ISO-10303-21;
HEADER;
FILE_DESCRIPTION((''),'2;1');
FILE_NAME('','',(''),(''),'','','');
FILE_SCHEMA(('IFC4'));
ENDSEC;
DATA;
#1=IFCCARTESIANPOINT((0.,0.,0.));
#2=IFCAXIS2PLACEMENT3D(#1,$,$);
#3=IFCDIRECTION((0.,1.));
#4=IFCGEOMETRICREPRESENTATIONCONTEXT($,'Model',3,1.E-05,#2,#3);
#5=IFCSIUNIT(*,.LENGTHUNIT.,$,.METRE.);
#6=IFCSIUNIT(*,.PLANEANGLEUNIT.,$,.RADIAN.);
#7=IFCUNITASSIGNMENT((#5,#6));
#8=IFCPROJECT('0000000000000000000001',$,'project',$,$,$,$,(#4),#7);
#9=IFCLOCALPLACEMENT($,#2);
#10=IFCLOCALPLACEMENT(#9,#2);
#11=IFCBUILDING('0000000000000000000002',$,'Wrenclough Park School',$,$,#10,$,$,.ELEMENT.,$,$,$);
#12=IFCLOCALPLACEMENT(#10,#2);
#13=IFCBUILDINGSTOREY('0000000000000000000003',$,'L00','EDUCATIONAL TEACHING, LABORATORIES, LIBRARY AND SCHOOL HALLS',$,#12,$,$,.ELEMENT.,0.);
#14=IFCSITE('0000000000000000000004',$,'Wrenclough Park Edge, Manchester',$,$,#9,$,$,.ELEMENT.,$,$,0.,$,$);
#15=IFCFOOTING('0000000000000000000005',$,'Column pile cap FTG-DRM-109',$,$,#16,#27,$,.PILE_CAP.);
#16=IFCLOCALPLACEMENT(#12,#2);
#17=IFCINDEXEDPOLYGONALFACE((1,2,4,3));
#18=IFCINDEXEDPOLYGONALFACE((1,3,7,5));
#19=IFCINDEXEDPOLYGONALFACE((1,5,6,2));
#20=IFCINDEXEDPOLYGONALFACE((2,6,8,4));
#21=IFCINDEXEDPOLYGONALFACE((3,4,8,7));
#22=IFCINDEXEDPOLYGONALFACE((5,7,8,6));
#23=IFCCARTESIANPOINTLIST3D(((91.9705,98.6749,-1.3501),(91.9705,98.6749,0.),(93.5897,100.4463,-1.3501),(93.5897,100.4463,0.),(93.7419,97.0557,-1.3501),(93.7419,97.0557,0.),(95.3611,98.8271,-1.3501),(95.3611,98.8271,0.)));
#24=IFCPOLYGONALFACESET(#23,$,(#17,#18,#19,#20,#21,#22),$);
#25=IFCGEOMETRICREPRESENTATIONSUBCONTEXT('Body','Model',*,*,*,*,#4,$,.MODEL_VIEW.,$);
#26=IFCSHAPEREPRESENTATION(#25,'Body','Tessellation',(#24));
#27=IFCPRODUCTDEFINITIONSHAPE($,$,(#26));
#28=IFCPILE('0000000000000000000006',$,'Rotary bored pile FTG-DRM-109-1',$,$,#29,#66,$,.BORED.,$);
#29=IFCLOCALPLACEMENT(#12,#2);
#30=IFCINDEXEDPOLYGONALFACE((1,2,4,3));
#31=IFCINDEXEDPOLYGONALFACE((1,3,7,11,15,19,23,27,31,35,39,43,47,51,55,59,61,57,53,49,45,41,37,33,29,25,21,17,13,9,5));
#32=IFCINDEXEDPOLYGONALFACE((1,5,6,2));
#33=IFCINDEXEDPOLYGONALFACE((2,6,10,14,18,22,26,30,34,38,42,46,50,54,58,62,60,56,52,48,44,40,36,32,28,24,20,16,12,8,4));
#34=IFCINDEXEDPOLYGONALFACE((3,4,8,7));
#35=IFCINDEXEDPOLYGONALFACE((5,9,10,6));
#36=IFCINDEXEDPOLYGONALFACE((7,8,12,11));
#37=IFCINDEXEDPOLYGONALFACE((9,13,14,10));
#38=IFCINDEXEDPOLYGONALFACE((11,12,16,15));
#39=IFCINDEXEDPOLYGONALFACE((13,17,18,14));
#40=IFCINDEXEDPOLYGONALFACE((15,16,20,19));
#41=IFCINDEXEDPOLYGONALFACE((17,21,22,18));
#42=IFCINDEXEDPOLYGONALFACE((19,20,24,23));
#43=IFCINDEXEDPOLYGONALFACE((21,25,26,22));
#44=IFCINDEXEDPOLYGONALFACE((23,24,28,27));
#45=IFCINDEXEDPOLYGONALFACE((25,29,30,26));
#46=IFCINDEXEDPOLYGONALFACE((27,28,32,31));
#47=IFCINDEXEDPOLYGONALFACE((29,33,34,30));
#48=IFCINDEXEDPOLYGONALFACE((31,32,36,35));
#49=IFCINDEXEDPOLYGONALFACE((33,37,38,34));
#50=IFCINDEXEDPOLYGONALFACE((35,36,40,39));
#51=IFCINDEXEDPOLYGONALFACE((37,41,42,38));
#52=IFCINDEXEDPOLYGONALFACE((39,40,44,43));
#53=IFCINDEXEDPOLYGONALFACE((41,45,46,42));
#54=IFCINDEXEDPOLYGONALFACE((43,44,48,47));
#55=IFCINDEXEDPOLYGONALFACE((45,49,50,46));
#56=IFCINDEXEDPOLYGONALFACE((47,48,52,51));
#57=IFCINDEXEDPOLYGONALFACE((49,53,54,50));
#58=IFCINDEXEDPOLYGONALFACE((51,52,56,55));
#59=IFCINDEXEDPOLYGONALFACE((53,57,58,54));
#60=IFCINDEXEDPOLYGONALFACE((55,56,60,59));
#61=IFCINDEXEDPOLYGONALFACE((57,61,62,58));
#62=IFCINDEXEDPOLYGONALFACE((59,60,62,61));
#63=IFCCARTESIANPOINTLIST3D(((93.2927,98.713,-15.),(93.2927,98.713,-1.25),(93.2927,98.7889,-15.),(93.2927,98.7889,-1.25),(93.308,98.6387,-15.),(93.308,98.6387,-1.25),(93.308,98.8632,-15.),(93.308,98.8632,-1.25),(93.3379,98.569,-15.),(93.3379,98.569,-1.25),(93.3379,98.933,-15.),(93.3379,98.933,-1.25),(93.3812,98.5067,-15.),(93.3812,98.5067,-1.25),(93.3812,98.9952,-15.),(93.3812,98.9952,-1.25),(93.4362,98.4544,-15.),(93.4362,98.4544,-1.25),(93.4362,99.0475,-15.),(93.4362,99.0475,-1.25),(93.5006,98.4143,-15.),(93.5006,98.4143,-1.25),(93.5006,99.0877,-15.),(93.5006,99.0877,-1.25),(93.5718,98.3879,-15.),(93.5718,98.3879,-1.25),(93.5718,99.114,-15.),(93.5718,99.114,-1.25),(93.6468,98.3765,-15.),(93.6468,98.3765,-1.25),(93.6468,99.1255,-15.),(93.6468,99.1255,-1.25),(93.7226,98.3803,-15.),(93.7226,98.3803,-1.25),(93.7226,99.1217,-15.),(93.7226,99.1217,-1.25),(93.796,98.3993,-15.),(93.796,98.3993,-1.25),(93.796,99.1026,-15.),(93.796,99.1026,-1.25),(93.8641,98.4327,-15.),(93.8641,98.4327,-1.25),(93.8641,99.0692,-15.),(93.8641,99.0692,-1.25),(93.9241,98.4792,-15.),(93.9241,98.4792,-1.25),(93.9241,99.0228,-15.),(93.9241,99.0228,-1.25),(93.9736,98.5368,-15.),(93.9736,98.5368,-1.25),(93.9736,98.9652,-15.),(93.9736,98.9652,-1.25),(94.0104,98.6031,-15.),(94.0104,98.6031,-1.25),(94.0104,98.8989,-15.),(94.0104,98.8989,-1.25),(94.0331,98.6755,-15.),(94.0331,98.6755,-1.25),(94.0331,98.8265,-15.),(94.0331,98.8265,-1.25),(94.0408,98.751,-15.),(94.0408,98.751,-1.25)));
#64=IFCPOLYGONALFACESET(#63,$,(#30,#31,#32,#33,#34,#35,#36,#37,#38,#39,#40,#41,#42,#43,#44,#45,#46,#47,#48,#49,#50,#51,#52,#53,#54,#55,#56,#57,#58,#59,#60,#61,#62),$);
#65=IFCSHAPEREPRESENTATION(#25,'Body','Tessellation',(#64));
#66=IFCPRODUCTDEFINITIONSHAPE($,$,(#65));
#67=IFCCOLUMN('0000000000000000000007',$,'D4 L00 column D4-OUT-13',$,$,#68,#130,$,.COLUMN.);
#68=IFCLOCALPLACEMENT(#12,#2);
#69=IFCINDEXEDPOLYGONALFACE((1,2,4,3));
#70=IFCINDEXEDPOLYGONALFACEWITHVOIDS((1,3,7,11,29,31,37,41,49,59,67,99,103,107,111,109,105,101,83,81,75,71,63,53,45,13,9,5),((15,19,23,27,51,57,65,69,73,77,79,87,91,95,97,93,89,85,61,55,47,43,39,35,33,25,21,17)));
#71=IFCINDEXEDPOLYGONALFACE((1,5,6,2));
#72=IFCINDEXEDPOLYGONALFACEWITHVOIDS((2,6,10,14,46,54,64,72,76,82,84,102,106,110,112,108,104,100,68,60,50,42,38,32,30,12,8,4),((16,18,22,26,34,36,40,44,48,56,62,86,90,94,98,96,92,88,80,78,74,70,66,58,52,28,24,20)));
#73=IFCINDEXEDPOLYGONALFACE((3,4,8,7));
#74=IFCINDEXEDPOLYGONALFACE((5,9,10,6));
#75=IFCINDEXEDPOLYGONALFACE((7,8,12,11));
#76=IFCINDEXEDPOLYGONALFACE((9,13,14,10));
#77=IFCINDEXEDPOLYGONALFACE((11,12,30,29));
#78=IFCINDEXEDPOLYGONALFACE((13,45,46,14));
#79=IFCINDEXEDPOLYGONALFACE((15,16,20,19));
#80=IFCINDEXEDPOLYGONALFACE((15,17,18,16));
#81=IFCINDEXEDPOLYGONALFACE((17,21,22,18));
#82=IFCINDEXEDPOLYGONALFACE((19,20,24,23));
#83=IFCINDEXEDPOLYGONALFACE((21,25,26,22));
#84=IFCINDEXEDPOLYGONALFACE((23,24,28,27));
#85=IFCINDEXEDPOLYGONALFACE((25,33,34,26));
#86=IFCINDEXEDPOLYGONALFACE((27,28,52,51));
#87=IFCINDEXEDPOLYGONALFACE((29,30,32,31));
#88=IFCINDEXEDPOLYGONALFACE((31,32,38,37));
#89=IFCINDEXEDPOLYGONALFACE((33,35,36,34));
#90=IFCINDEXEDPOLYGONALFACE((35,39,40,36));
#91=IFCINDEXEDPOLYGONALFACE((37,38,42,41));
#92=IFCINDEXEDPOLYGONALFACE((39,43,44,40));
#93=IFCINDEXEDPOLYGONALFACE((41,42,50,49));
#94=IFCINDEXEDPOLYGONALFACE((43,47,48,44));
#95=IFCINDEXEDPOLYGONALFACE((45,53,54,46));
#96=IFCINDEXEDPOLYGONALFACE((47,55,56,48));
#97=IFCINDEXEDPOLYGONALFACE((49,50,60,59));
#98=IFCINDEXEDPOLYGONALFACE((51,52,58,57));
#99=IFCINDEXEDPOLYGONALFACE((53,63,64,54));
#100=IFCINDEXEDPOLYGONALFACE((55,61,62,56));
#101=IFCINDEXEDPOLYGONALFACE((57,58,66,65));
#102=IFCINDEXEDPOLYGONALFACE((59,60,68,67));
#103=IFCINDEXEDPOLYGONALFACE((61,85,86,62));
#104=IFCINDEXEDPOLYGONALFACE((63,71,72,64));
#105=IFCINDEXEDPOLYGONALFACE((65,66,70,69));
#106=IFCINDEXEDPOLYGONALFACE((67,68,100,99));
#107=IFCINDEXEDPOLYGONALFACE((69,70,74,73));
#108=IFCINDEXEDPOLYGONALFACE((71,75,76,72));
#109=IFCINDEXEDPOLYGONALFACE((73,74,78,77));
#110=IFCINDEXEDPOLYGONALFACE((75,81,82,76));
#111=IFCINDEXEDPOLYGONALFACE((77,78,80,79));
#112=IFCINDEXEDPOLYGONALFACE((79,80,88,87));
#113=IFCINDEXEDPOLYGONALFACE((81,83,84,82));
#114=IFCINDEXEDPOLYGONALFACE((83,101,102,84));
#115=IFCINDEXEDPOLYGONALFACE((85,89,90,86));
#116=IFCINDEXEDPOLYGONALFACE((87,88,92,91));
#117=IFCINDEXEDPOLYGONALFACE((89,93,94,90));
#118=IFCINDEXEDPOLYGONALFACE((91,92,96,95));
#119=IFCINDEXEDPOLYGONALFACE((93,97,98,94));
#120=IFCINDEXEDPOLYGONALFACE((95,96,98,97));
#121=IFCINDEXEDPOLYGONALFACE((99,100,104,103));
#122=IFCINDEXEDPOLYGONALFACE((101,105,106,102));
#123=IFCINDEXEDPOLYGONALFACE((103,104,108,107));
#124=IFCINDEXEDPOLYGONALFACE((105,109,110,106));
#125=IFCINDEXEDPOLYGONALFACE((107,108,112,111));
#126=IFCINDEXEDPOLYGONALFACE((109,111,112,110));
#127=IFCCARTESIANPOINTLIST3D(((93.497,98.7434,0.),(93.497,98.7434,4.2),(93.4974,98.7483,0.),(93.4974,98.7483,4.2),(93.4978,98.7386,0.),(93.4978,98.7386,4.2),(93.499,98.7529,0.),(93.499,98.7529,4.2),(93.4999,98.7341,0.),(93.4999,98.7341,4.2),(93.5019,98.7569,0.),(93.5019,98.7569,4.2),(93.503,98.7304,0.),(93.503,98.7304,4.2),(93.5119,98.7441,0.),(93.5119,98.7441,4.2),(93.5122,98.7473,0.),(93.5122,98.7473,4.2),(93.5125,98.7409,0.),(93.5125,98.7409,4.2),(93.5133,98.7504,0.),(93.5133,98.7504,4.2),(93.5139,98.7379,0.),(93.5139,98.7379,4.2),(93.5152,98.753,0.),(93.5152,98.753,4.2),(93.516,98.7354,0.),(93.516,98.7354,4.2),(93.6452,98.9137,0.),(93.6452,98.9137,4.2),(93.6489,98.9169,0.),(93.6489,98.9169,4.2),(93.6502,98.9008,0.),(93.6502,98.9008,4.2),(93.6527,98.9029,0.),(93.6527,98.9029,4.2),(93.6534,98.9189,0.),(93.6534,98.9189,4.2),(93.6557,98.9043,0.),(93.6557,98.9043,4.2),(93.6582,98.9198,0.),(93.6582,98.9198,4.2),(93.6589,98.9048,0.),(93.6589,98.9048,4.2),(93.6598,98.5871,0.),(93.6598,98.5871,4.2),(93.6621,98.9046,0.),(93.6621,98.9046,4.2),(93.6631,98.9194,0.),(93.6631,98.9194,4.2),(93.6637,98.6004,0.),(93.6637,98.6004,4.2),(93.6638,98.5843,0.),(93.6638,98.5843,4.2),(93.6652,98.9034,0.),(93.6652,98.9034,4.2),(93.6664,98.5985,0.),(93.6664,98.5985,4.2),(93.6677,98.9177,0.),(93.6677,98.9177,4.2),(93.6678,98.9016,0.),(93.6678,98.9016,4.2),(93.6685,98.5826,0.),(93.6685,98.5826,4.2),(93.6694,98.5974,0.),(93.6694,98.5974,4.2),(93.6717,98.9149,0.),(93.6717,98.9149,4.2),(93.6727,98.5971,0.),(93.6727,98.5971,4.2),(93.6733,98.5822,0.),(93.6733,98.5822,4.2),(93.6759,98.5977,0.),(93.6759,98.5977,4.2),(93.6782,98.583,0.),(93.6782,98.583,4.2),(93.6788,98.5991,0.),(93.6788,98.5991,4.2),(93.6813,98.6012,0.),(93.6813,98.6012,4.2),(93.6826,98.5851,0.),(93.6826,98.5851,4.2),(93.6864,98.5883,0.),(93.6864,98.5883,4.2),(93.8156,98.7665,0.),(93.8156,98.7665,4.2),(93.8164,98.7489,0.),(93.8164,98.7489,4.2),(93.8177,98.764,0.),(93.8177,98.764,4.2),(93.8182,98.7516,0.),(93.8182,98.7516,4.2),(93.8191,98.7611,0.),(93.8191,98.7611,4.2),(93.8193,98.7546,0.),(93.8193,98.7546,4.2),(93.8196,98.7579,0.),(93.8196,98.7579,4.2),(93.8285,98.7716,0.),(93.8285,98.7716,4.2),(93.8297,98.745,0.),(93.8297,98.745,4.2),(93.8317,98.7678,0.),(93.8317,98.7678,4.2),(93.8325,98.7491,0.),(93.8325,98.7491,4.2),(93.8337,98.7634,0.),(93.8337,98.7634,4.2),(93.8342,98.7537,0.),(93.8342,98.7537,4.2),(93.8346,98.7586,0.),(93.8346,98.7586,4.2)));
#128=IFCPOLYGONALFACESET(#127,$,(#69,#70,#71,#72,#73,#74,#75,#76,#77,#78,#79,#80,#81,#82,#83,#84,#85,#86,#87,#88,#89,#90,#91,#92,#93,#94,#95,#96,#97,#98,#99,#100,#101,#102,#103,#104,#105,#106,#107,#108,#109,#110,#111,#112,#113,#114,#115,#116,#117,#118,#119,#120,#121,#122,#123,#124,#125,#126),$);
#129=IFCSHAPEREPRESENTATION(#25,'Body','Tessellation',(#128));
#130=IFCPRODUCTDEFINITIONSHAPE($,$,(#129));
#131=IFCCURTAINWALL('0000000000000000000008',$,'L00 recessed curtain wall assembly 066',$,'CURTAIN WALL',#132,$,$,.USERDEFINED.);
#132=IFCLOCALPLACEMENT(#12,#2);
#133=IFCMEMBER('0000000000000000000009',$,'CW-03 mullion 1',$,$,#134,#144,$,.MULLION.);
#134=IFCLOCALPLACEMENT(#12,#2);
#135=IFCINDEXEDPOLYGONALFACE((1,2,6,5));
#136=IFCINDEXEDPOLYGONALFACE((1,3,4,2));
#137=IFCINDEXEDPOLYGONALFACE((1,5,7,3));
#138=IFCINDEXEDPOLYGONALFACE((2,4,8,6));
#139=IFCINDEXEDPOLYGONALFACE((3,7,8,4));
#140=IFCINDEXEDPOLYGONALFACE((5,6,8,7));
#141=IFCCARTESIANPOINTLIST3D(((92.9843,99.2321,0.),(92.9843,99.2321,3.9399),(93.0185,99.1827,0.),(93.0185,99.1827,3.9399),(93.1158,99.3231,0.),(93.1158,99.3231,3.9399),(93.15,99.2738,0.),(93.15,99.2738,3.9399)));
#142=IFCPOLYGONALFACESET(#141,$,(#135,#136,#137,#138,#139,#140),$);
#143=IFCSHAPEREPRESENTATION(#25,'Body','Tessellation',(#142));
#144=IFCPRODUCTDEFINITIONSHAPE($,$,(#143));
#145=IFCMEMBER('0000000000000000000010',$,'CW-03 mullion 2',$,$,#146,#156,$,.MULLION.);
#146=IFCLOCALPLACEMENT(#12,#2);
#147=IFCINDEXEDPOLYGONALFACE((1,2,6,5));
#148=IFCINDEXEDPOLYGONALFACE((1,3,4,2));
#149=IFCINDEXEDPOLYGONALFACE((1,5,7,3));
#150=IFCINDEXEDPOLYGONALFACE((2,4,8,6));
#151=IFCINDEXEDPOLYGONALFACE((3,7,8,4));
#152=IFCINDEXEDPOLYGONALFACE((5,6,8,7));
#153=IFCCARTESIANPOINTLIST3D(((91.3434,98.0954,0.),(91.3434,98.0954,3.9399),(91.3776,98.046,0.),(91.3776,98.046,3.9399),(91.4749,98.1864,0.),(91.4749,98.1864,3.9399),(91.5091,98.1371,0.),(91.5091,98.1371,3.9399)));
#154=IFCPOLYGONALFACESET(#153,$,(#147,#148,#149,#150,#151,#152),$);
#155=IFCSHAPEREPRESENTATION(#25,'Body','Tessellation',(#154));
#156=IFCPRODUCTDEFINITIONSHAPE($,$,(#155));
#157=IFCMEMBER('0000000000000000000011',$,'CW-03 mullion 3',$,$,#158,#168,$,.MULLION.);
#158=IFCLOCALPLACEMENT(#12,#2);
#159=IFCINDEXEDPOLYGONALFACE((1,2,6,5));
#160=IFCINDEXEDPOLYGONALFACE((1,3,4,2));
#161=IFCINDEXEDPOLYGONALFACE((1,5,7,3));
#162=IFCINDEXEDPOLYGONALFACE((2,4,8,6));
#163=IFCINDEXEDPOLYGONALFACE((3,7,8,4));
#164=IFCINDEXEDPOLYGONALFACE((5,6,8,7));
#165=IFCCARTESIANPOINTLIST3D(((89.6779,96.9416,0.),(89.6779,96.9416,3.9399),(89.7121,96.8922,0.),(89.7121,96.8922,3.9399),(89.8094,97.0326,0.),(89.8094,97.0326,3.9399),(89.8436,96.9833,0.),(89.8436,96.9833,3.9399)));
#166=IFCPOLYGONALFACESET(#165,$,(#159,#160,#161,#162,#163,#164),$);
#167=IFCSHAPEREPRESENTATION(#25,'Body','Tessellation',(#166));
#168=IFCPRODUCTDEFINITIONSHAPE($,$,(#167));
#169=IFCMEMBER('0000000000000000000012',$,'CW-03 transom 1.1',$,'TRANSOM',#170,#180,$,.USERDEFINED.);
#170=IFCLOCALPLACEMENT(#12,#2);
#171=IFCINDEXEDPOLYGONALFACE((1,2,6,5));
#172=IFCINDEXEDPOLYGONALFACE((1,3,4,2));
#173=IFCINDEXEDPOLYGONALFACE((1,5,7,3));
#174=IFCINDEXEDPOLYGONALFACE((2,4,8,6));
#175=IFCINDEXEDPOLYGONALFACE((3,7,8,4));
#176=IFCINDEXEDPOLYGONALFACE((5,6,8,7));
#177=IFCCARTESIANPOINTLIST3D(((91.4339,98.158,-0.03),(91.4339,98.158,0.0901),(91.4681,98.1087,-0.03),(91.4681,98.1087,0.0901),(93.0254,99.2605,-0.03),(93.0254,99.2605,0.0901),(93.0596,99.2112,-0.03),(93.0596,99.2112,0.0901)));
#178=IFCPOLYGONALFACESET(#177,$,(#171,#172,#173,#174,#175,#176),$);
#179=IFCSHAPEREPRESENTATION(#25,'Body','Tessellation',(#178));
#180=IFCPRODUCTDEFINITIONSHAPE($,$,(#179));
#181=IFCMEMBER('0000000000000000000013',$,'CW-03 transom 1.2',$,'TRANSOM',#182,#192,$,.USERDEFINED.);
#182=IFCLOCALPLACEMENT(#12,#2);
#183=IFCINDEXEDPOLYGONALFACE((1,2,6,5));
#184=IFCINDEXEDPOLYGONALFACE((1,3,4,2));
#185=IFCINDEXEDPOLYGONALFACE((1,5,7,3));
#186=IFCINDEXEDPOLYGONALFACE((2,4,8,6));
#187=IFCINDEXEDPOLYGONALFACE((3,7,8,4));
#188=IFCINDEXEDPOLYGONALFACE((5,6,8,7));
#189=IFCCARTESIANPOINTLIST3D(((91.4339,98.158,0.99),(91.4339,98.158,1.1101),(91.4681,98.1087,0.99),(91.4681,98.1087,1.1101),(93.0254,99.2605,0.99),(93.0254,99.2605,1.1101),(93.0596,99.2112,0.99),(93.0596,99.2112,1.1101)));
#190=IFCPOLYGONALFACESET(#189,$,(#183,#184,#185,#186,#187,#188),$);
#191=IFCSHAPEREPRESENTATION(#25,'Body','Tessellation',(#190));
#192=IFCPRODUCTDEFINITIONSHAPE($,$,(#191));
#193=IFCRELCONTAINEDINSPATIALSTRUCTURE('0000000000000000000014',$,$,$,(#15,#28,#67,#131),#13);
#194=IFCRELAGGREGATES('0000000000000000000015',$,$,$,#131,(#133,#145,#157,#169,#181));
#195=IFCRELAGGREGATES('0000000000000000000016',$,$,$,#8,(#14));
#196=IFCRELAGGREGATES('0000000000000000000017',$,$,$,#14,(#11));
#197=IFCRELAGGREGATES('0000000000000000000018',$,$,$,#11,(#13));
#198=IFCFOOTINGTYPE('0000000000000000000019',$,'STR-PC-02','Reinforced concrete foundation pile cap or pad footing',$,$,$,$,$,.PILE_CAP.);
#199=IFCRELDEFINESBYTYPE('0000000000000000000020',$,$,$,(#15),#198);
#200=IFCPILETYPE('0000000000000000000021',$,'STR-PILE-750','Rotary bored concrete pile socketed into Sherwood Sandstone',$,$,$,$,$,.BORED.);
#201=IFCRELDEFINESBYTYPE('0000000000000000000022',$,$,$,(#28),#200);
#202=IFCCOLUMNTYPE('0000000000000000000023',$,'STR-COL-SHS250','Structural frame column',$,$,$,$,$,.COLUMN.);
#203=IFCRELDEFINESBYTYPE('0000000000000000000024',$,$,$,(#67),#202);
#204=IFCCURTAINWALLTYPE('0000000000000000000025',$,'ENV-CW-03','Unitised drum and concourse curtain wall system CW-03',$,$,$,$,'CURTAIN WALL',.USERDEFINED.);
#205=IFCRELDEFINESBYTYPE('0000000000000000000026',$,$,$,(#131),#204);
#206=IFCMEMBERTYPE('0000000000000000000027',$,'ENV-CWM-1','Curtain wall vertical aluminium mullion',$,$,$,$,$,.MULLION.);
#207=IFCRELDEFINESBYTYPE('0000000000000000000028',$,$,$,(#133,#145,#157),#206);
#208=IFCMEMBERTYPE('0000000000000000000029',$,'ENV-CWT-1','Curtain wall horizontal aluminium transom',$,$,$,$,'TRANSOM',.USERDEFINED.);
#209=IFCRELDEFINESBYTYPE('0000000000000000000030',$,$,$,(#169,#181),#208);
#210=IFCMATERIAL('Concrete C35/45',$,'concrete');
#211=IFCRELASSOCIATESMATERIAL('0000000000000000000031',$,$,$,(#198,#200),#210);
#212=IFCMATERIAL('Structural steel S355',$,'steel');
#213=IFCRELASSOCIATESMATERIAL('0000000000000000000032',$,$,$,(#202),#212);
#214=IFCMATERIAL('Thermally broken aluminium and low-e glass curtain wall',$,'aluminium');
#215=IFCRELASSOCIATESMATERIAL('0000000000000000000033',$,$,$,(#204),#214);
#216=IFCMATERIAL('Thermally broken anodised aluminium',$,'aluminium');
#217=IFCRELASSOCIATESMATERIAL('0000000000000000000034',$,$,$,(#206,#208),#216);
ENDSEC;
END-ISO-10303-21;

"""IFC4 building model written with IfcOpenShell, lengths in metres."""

from ifc_helpers import new_model, si_unit, direction, frame, origin, origin_2d, place, context, subcontext, project, spatial, rectangle, hollow_rectangle, circle, extrude, material, material_profile, profile_set, type_object, element, aggregate, save


model = new_model("IFC4")

# Units and contexts
model_context = context("Model", 3, precision=1e-05, world=origin(), true_north=direction((0.0, 1.0)))
body_context = subcontext(model_context, "Body", "Model", "MODEL_VIEW")
ifc_project = project(units=[si_unit("LENGTHUNIT", "METRE"), si_unit("PLANEANGLEUNIT", "RADIAN")], contexts=[model_context])

# Site, building, storey
site_placement = place(None, origin())
site = spatial("IfcSite", under=ifc_project, at=site_placement, Name="Wrenclough Park Edge, Manchester", CompositionType="ELEMENT", RefElevation=0.0)
building_placement = place(site_placement, origin())
building = spatial("IfcBuilding", under=site, at=building_placement, Name="Wrenclough Park School", CompositionType="ELEMENT")
storey_placement = place(building_placement, origin())
storey = spatial("IfcBuildingStorey", under=building, at=storey_placement, Name="L00", Description="EDUCATIONAL TEACHING, LABORATORIES, LIBRARY AND SCHOOL HALLS", CompositionType="ELEMENT", Elevation=0.0)

# Footing
ifc_material_1 = material(Name="Concrete C35/45", Category="concrete")
footing_type = type_object("IfcFootingType", Name="STR-PC-02", Description="Reinforced concrete foundation pile cap or pad footing", PredefinedType="PILE_CAP", material=ifc_material_1)
footing_placement = place(storey_placement, frame((93.6658, 98.751, -1.3501), z_axis=(0.0, 0.0, 1.0), x_axis=(0.674689, 0.738102, 0.0)))
element("IfcFooting", 1, at=footing_placement, inside=storey, type_object=footing_type, Name="Column pile cap FTG-DRM-109", PredefinedType="PILE_CAP", context=body_context, shape_type="SweptSolid", body=[
    extrude(rectangle(XDim=2.3999, YDim=2.3999, at=origin_2d()), origin(), (0.0, 0.0, 1.0), 1.3501),
])

# Pile
ifc_material_profile_1 = material_profile(ifc_material_1, circle(Radius=0.375, at=origin_2d()), Name="BORED PILE D750")
ifc_profile_set_1 = profile_set([ifc_material_profile_1], Name="Concrete C35/45")
pile_type = type_object("IfcPileType", Name="STR-PILE-750", Description="Rotary bored concrete pile socketed into Sherwood Sandstone", PredefinedType="BORED", material=ifc_profile_set_1)
pile_placement = place(storey_placement, frame((93.6658, 98.751, -1.25), z_axis=(0.0, 0.0, -1.0), x_axis=(1.0, 0.0, 0.0)))
element("IfcPile", 2, at=pile_placement, inside=storey, type_object=pile_type, Name="Rotary bored pile FTG-DRM-109-1", PredefinedType="BORED", context=body_context, shape_type="SweptSolid", body=[
    extrude(circle(Radius=0.375, at=origin_2d()), origin(), (0.0, 0.0, 1.0), 13.75),
])

# Column
ifc_material_2 = material(Name="Structural steel S355", Category="steel")
ifc_material_profile_2 = material_profile(ifc_material_2, hollow_rectangle(XDim=0.25, YDim=0.25, WallThickness=0.0125, InnerFilletRadius=0.0125, OuterFilletRadius=0.0188, at=origin_2d()), Name="SHS 250x250x12.5")
ifc_profile_set_2 = profile_set([ifc_material_profile_2], Name="Structural steel S355")
column_type = type_object("IfcColumnType", Name="STR-COL-SHS250", Description="Structural frame column", PredefinedType="COLUMN", material=ifc_profile_set_2)
column_placement = place(storey_placement, frame((93.6658, 98.751, 0.0), z_axis=(0.0, 0.0, 1.0), x_axis=(0.674689, 0.738102, 0.0)))
element("IfcColumn", 3, at=column_placement, inside=storey, type_object=column_type, Name="D4 L00 column D4-OUT-13", PredefinedType="COLUMN", context=body_context, shape_type="SweptSolid", body=[
    extrude(hollow_rectangle(XDim=0.25, YDim=0.25, WallThickness=0.0125, InnerFilletRadius=0.0125, OuterFilletRadius=0.0188, at=origin_2d()), origin(), (0.0, 0.0, 1.0), 4.2),
])

# Curtain wall, members
ifc_material_3 = material(Name="Thermally broken aluminium and low-e glass curtain wall", Category="aluminium")
curtain_wall_type = type_object("IfcCurtainWallType", Name="ENV-CW-03", Description="Unitised drum and concourse curtain wall system CW-03", ElementType="CURTAIN WALL", PredefinedType="USERDEFINED", material=ifc_material_3)
curtain_wall_placement = place(storey_placement, origin())
curtain_wall = element("IfcCurtainWall", 4, at=curtain_wall_placement, inside=storey, type_object=curtain_wall_type, Name="L00 recessed curtain wall assembly 066", ObjectType="CURTAIN WALL", PredefinedType="USERDEFINED")
ifc_material_4 = material(Name="Thermally broken anodised aluminium", Category="aluminium")
ifc_material_profile_3 = material_profile(ifc_material_4, rectangle(XDim=0.0601, YDim=0.1599, at=origin_2d()), Name="AL MULLION 60x160")
ifc_profile_set_3 = profile_set([ifc_material_profile_3], Name="Thermally broken anodised aluminium")
member_type_1 = type_object("IfcMemberType", Name="ENV-CWM-1", Description="Curtain wall vertical aluminium mullion", PredefinedType="MULLION", material=ifc_profile_set_3)
member_1_placement = place(storey_placement, frame((93.0671, 99.2529, 0.0), z_axis=(0.0, 0.0, 1.0), x_axis=(0.569486, -0.822001, 0.0)))
member_1 = element("IfcMember", 5, at=member_1_placement, type_object=member_type_1, Name="CW-03 mullion 1", PredefinedType="MULLION", context=body_context, shape_type="SweptSolid", body=[
    extrude(rectangle(XDim=0.0601, YDim=0.1599, at=origin_2d()), origin(), (0.0, 0.0, 1.0), 3.9399),
])
member_2_placement = place(storey_placement, frame((91.4263, 98.1162, 0.0), z_axis=(0.0, 0.0, 1.0), x_axis=(0.569486, -0.822001, 0.0)))
member_2 = element("IfcMember", 6, at=member_2_placement, type_object=member_type_1, Name="CW-03 mullion 2", PredefinedType="MULLION", context=body_context, shape_type="SweptSolid", body=[
    extrude(rectangle(XDim=0.0601, YDim=0.1599, at=origin_2d()), origin(), (0.0, 0.0, 1.0), 3.9399),
])
member_3_placement = place(storey_placement, frame((89.7607, 96.9624, 0.0), z_axis=(0.0, 0.0, 1.0), x_axis=(0.569486, -0.822001, 0.0)))
member_3 = element("IfcMember", 7, at=member_3_placement, type_object=member_type_1, Name="CW-03 mullion 3", PredefinedType="MULLION", context=body_context, shape_type="SweptSolid", body=[
    extrude(rectangle(XDim=0.0601, YDim=0.1599, at=origin_2d()), origin(), (0.0, 0.0, 1.0), 3.9399),
])
ifc_material_profile_4 = material_profile(ifc_material_4, rectangle(XDim=0.0601, YDim=0.1201, at=origin_2d()), Name="AL TRANSOM 60x120")
ifc_profile_set_4 = profile_set([ifc_material_profile_4], Name="Thermally broken anodised aluminium")
member_type_2 = type_object("IfcMemberType", Name="ENV-CWT-1", Description="Curtain wall horizontal aluminium transom", ElementType="TRANSOM", PredefinedType="USERDEFINED", material=ifc_profile_set_4)
member_4_placement = place(storey_placement, frame((93.0425, 99.2358, 0.03), z_axis=(-0.822024, -0.569453, 0.0), x_axis=(0.569453, -0.822024, 0.0)))
member_4 = element("IfcMember", 8, at=member_4_placement, type_object=member_type_2, Name="CW-03 transom 1.1", ObjectType="TRANSOM", PredefinedType="USERDEFINED", context=body_context, shape_type="SweptSolid", body=[
    extrude(rectangle(XDim=0.0601, YDim=0.1201, at=origin_2d()), origin(), (0.0, 0.0, 1.0), 1.936),
])
member_5_placement = place(storey_placement, frame((93.0425, 99.2358, 1.05), z_axis=(-0.822024, -0.569453, 0.0), x_axis=(0.569453, -0.822024, 0.0)))
member_5 = element("IfcMember", 9, at=member_5_placement, type_object=member_type_2, Name="CW-03 transom 1.2", ObjectType="TRANSOM", PredefinedType="USERDEFINED", context=body_context, shape_type="SweptSolid", body=[
    extrude(rectangle(XDim=0.0601, YDim=0.1201, at=origin_2d()), origin(), (0.0, 0.0, 1.0), 1.936),
])
aggregate(curtain_wall, [member_1, member_2, member_3, member_4, member_5])

save(model, "model.ifc")
